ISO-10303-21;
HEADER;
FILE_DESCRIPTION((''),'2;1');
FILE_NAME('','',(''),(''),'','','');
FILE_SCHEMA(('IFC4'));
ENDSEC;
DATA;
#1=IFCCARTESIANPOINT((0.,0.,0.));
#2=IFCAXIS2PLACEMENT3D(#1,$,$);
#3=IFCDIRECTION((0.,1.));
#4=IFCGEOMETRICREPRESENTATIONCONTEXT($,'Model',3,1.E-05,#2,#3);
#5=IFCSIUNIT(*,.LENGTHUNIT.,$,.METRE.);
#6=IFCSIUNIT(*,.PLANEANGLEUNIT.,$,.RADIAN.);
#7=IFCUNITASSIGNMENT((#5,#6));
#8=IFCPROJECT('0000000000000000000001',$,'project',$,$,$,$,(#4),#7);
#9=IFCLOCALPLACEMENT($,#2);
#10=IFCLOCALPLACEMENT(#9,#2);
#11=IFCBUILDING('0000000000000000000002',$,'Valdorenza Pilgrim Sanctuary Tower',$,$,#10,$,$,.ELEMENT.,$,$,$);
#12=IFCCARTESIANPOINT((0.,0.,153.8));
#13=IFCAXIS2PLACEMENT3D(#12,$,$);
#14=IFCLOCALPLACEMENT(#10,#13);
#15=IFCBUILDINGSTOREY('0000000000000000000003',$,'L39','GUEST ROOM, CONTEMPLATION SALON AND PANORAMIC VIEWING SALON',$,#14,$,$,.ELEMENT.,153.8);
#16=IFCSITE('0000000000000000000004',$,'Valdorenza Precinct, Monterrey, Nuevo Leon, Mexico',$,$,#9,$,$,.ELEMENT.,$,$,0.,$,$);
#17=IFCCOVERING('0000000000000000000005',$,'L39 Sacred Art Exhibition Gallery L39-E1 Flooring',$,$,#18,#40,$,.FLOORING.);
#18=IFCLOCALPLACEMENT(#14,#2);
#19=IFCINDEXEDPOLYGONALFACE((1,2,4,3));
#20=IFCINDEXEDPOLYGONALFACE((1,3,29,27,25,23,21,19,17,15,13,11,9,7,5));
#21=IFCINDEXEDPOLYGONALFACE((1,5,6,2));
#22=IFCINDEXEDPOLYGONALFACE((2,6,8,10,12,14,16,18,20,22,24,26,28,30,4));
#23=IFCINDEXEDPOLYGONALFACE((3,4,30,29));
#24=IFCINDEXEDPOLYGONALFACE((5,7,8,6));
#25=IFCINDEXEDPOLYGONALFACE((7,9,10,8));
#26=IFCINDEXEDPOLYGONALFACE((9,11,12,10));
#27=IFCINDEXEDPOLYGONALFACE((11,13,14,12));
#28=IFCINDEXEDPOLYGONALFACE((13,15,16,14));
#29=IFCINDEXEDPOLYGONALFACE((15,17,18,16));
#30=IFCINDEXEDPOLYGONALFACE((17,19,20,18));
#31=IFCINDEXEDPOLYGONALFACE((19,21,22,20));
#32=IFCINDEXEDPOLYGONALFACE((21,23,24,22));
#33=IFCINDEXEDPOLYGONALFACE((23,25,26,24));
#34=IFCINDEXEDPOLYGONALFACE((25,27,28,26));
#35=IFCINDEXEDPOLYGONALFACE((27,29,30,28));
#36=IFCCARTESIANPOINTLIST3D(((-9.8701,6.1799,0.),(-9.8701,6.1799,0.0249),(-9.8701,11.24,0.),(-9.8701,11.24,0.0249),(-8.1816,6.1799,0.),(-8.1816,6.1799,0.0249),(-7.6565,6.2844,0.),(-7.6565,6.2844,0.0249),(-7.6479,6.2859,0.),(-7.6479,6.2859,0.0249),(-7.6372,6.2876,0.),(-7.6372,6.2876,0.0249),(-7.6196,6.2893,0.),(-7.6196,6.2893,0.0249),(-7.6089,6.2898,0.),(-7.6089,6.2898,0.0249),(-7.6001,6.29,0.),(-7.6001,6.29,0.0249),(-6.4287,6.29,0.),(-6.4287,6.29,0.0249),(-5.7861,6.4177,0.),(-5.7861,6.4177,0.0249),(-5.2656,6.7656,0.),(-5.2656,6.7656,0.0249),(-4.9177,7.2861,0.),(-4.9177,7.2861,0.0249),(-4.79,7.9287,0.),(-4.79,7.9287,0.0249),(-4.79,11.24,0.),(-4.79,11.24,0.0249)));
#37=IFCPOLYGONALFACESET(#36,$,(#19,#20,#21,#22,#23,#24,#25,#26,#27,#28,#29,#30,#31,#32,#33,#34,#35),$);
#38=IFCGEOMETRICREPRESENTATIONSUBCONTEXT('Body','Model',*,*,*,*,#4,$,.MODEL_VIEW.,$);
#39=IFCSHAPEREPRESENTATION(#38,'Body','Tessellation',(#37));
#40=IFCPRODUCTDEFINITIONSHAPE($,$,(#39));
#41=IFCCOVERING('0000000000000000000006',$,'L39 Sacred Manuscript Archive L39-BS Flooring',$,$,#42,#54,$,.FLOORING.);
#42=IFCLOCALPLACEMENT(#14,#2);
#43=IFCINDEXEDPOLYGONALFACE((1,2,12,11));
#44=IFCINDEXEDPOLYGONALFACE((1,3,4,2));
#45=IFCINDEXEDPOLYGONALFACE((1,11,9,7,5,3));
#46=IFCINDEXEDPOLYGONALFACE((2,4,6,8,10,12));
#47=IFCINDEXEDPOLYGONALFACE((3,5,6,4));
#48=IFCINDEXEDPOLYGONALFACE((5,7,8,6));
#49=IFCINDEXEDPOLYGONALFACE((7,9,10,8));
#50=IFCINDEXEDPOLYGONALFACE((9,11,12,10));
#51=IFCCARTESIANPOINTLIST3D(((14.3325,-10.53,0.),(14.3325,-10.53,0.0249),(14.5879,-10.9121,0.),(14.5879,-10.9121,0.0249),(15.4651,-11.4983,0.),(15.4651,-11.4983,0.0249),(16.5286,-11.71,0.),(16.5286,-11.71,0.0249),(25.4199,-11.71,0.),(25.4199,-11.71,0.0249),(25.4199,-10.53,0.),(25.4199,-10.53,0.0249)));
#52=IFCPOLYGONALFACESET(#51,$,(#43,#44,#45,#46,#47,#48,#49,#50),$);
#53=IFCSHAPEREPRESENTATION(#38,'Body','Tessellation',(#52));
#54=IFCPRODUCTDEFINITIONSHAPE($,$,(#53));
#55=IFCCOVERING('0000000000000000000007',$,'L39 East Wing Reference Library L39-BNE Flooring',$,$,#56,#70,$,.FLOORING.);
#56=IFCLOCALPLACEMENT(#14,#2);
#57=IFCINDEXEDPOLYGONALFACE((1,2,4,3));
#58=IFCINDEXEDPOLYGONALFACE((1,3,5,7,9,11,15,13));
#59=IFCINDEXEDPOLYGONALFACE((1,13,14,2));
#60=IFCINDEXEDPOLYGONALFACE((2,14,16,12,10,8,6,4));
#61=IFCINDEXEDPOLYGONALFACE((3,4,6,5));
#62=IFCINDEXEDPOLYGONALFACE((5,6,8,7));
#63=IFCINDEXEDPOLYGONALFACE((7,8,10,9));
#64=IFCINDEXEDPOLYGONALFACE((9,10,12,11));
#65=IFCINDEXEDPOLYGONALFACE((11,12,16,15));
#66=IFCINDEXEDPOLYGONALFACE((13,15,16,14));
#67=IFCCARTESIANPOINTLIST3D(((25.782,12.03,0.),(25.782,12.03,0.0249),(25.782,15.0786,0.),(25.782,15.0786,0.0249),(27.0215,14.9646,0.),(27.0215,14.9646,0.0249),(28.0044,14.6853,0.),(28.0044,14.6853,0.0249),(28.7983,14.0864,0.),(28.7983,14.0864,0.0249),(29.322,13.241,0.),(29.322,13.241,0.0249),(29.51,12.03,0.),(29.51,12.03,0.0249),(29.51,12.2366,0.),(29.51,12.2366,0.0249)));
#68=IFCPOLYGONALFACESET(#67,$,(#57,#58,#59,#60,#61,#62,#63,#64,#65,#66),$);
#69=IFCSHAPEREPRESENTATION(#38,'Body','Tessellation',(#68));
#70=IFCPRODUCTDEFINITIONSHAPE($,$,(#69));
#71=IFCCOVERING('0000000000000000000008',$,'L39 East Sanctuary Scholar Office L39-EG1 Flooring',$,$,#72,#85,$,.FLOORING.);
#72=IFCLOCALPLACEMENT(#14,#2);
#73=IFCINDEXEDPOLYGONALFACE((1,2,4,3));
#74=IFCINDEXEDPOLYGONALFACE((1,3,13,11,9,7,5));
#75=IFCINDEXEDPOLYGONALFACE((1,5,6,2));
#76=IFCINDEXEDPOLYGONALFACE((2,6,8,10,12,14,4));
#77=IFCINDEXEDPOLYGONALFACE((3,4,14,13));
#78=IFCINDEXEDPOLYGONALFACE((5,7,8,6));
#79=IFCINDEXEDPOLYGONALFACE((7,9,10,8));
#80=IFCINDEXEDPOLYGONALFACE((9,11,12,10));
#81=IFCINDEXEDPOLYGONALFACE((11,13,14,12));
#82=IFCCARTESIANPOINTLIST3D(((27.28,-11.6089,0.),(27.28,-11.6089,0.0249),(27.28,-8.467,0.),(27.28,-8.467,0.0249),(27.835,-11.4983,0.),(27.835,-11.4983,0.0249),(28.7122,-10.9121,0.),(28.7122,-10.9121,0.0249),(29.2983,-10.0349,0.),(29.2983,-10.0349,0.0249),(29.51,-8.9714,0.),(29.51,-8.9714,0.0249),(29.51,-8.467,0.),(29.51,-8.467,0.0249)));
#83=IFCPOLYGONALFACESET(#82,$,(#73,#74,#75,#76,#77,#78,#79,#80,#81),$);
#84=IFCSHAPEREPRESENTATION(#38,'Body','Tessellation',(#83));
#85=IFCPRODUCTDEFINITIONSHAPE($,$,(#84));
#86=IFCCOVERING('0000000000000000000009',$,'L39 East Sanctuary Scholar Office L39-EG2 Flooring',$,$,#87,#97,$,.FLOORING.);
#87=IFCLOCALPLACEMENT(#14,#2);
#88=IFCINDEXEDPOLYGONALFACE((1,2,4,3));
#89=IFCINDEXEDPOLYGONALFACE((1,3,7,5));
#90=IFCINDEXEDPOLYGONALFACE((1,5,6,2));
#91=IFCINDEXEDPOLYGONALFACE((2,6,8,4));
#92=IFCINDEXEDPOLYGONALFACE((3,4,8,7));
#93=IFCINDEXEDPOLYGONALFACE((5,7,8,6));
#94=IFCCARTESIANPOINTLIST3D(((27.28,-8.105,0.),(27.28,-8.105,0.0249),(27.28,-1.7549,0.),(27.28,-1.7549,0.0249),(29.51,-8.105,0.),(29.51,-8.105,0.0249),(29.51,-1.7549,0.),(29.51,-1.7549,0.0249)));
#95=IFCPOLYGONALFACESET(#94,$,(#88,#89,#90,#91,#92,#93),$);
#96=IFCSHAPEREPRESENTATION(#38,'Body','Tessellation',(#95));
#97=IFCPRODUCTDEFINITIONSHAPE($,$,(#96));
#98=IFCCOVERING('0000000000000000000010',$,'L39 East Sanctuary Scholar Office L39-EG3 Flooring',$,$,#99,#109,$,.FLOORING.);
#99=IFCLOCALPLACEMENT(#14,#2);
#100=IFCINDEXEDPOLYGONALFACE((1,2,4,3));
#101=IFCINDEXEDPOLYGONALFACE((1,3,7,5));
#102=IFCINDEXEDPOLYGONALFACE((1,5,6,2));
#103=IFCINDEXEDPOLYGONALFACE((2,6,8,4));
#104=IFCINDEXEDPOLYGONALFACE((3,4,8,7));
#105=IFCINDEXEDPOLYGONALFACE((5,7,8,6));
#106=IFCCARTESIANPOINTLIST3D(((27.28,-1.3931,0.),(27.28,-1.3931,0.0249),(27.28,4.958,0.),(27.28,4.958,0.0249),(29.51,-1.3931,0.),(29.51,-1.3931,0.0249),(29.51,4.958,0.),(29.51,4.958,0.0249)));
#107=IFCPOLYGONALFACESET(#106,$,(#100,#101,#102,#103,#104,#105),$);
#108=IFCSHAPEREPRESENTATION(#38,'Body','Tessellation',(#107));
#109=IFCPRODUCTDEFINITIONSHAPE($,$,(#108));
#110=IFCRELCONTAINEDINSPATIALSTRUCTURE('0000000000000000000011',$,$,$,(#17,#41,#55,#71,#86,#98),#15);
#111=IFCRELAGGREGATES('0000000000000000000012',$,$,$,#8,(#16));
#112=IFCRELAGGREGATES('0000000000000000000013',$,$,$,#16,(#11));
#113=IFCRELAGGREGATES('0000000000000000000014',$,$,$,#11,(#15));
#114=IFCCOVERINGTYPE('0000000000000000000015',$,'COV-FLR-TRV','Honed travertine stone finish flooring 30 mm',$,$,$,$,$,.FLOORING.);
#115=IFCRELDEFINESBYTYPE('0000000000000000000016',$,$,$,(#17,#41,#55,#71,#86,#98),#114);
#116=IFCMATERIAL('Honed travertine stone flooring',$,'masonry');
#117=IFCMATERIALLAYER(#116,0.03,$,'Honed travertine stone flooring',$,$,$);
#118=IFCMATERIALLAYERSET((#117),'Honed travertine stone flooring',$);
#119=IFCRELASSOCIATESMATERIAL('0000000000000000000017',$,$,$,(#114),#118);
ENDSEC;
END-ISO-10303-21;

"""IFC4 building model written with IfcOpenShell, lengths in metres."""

from ifc_helpers import new_model, si_unit, direction, frame, origin, place, context, subcontext, project, spatial, polyline, outline, extrude, material, layer, layer_set, type_object, element, save


model = new_model("IFC4")

# Units and contexts
model_context = context("Model", 3, precision=1e-05, world=origin(), true_north=direction((0.0, 1.0)))
body_context = subcontext(model_context, "Body", "Model", "MODEL_VIEW")
ifc_project = project(units=[si_unit("LENGTHUNIT", "METRE"), si_unit("PLANEANGLEUNIT", "RADIAN")], contexts=[model_context])

# Site, building, storey
site_placement = place(None, origin())
site = spatial("IfcSite", under=ifc_project, at=site_placement, Name="Valdorenza Precinct, Monterrey, Nuevo Leon, Mexico", CompositionType="ELEMENT", RefElevation=0.0)
building_placement = place(site_placement, origin())
building = spatial("IfcBuilding", under=site, at=building_placement, Name="Valdorenza Pilgrim Sanctuary Tower", CompositionType="ELEMENT")
storey_placement = place(building_placement, frame((0.0, 0.0, 153.8)))
storey = spatial("IfcBuildingStorey", under=building, at=storey_placement, Name="L39", Description="GUEST ROOM, CONTEMPLATION SALON AND PANORAMIC VIEWING SALON", CompositionType="ELEMENT", Elevation=153.8)

# Coverings
ifc_material_1 = material(Name="Honed travertine stone flooring", Category="masonry")
ifc_layer_1 = layer(ifc_material_1, 0.03, Name="Honed travertine stone flooring")
ifc_layer_set_1 = layer_set([ifc_layer_1], Name="Honed travertine stone flooring")
covering_type_1 = type_object("IfcCoveringType", Name="COV-FLR-TRV", Description="Honed travertine stone finish flooring 30 mm", PredefinedType="FLOORING", material=ifc_layer_set_1)
covering_1_placement = place(storey_placement, origin())
element("IfcCovering", 1, at=covering_1_placement, inside=storey, type_object=covering_type_1, Name="L39 Sacred Art Exhibition Gallery L39-E1 Flooring", PredefinedType="FLOORING", context=body_context, shape_type="SweptSolid", body=[
    extrude(outline(polyline([(-9.8701, 11.24), (-4.79, 11.24), (-4.79, 7.9287), (-4.9177, 7.2861), (-5.2656, 6.7656), (-5.7861, 6.4177), (-6.4287, 6.29), (-7.6001, 6.29), (-7.6089, 6.2898), (-7.6196, 6.2893), (-7.6372, 6.2876), (-7.6479, 6.2859), (-7.6565, 6.2844), (-8.1816, 6.1799), (-9.8701, 6.1799), (-9.8701, 11.24)])), origin(), (0.0, 0.0, 1.0), 0.0249),
])
covering_2_placement = place(storey_placement, origin())
element("IfcCovering", 2, at=covering_2_placement, inside=storey, type_object=covering_type_1, Name="L39 Sacred Manuscript Archive L39-BS Flooring", PredefinedType="FLOORING", context=body_context, shape_type="SweptSolid", body=[
    extrude(outline(polyline([(25.4199, -11.71), (16.5286, -11.71), (15.4651, -11.4983), (14.5879, -10.9121), (14.3325, -10.53), (25.4199, -10.53), (25.4199, -11.71)])), origin(), (0.0, 0.0, 1.0), 0.0249),
])
covering_3_placement = place(storey_placement, origin())
element("IfcCovering", 3, at=covering_3_placement, inside=storey, type_object=covering_type_1, Name="L39 East Wing Reference Library L39-BNE Flooring", PredefinedType="FLOORING", context=body_context, shape_type="SweptSolid", body=[
    extrude(outline(polyline([(27.0215, 14.9646), (28.0044, 14.6853), (28.7983, 14.0864), (29.322, 13.241), (29.51, 12.2366), (29.51, 12.03), (25.782, 12.03), (25.782, 15.0786), (27.0215, 14.9646)])), origin(), (0.0, 0.0, 1.0), 0.0249),
])
covering_4_placement = place(storey_placement, origin())
element("IfcCovering", 4, at=covering_4_placement, inside=storey, type_object=covering_type_1, Name="L39 East Sanctuary Scholar Office L39-EG1 Flooring", PredefinedType="FLOORING", context=body_context, shape_type="SweptSolid", body=[
    extrude(outline(polyline([(29.2983, -10.0349), (28.7122, -10.9121), (27.835, -11.4983), (27.28, -11.6089), (27.28, -8.467), (29.51, -8.467), (29.51, -8.9714), (29.2983, -10.0349)])), origin(), (0.0, 0.0, 1.0), 0.0249),
])
covering_5_placement = place(storey_placement, origin())
element("IfcCovering", 5, at=covering_5_placement, inside=storey, type_object=covering_type_1, Name="L39 East Sanctuary Scholar Office L39-EG2 Flooring", PredefinedType="FLOORING", context=body_context, shape_type="SweptSolid", body=[
    extrude(outline(polyline([(27.28, -1.7549), (29.51, -1.7549), (29.51, -8.105), (27.28, -8.105), (27.28, -1.7549)])), origin(), (0.0, 0.0, 1.0), 0.0249),
])
covering_6_placement = place(storey_placement, origin())
element("IfcCovering", 6, at=covering_6_placement, inside=storey, type_object=covering_type_1, Name="L39 East Sanctuary Scholar Office L39-EG3 Flooring", PredefinedType="FLOORING", context=body_context, shape_type="SweptSolid", body=[
    extrude(outline(polyline([(27.28, 4.958), (29.51, 4.958), (29.51, -1.3931), (27.28, -1.3931), (27.28, 4.958)])), origin(), (0.0, 0.0, 1.0), 0.0249),
])

save(model, "model.ifc")
